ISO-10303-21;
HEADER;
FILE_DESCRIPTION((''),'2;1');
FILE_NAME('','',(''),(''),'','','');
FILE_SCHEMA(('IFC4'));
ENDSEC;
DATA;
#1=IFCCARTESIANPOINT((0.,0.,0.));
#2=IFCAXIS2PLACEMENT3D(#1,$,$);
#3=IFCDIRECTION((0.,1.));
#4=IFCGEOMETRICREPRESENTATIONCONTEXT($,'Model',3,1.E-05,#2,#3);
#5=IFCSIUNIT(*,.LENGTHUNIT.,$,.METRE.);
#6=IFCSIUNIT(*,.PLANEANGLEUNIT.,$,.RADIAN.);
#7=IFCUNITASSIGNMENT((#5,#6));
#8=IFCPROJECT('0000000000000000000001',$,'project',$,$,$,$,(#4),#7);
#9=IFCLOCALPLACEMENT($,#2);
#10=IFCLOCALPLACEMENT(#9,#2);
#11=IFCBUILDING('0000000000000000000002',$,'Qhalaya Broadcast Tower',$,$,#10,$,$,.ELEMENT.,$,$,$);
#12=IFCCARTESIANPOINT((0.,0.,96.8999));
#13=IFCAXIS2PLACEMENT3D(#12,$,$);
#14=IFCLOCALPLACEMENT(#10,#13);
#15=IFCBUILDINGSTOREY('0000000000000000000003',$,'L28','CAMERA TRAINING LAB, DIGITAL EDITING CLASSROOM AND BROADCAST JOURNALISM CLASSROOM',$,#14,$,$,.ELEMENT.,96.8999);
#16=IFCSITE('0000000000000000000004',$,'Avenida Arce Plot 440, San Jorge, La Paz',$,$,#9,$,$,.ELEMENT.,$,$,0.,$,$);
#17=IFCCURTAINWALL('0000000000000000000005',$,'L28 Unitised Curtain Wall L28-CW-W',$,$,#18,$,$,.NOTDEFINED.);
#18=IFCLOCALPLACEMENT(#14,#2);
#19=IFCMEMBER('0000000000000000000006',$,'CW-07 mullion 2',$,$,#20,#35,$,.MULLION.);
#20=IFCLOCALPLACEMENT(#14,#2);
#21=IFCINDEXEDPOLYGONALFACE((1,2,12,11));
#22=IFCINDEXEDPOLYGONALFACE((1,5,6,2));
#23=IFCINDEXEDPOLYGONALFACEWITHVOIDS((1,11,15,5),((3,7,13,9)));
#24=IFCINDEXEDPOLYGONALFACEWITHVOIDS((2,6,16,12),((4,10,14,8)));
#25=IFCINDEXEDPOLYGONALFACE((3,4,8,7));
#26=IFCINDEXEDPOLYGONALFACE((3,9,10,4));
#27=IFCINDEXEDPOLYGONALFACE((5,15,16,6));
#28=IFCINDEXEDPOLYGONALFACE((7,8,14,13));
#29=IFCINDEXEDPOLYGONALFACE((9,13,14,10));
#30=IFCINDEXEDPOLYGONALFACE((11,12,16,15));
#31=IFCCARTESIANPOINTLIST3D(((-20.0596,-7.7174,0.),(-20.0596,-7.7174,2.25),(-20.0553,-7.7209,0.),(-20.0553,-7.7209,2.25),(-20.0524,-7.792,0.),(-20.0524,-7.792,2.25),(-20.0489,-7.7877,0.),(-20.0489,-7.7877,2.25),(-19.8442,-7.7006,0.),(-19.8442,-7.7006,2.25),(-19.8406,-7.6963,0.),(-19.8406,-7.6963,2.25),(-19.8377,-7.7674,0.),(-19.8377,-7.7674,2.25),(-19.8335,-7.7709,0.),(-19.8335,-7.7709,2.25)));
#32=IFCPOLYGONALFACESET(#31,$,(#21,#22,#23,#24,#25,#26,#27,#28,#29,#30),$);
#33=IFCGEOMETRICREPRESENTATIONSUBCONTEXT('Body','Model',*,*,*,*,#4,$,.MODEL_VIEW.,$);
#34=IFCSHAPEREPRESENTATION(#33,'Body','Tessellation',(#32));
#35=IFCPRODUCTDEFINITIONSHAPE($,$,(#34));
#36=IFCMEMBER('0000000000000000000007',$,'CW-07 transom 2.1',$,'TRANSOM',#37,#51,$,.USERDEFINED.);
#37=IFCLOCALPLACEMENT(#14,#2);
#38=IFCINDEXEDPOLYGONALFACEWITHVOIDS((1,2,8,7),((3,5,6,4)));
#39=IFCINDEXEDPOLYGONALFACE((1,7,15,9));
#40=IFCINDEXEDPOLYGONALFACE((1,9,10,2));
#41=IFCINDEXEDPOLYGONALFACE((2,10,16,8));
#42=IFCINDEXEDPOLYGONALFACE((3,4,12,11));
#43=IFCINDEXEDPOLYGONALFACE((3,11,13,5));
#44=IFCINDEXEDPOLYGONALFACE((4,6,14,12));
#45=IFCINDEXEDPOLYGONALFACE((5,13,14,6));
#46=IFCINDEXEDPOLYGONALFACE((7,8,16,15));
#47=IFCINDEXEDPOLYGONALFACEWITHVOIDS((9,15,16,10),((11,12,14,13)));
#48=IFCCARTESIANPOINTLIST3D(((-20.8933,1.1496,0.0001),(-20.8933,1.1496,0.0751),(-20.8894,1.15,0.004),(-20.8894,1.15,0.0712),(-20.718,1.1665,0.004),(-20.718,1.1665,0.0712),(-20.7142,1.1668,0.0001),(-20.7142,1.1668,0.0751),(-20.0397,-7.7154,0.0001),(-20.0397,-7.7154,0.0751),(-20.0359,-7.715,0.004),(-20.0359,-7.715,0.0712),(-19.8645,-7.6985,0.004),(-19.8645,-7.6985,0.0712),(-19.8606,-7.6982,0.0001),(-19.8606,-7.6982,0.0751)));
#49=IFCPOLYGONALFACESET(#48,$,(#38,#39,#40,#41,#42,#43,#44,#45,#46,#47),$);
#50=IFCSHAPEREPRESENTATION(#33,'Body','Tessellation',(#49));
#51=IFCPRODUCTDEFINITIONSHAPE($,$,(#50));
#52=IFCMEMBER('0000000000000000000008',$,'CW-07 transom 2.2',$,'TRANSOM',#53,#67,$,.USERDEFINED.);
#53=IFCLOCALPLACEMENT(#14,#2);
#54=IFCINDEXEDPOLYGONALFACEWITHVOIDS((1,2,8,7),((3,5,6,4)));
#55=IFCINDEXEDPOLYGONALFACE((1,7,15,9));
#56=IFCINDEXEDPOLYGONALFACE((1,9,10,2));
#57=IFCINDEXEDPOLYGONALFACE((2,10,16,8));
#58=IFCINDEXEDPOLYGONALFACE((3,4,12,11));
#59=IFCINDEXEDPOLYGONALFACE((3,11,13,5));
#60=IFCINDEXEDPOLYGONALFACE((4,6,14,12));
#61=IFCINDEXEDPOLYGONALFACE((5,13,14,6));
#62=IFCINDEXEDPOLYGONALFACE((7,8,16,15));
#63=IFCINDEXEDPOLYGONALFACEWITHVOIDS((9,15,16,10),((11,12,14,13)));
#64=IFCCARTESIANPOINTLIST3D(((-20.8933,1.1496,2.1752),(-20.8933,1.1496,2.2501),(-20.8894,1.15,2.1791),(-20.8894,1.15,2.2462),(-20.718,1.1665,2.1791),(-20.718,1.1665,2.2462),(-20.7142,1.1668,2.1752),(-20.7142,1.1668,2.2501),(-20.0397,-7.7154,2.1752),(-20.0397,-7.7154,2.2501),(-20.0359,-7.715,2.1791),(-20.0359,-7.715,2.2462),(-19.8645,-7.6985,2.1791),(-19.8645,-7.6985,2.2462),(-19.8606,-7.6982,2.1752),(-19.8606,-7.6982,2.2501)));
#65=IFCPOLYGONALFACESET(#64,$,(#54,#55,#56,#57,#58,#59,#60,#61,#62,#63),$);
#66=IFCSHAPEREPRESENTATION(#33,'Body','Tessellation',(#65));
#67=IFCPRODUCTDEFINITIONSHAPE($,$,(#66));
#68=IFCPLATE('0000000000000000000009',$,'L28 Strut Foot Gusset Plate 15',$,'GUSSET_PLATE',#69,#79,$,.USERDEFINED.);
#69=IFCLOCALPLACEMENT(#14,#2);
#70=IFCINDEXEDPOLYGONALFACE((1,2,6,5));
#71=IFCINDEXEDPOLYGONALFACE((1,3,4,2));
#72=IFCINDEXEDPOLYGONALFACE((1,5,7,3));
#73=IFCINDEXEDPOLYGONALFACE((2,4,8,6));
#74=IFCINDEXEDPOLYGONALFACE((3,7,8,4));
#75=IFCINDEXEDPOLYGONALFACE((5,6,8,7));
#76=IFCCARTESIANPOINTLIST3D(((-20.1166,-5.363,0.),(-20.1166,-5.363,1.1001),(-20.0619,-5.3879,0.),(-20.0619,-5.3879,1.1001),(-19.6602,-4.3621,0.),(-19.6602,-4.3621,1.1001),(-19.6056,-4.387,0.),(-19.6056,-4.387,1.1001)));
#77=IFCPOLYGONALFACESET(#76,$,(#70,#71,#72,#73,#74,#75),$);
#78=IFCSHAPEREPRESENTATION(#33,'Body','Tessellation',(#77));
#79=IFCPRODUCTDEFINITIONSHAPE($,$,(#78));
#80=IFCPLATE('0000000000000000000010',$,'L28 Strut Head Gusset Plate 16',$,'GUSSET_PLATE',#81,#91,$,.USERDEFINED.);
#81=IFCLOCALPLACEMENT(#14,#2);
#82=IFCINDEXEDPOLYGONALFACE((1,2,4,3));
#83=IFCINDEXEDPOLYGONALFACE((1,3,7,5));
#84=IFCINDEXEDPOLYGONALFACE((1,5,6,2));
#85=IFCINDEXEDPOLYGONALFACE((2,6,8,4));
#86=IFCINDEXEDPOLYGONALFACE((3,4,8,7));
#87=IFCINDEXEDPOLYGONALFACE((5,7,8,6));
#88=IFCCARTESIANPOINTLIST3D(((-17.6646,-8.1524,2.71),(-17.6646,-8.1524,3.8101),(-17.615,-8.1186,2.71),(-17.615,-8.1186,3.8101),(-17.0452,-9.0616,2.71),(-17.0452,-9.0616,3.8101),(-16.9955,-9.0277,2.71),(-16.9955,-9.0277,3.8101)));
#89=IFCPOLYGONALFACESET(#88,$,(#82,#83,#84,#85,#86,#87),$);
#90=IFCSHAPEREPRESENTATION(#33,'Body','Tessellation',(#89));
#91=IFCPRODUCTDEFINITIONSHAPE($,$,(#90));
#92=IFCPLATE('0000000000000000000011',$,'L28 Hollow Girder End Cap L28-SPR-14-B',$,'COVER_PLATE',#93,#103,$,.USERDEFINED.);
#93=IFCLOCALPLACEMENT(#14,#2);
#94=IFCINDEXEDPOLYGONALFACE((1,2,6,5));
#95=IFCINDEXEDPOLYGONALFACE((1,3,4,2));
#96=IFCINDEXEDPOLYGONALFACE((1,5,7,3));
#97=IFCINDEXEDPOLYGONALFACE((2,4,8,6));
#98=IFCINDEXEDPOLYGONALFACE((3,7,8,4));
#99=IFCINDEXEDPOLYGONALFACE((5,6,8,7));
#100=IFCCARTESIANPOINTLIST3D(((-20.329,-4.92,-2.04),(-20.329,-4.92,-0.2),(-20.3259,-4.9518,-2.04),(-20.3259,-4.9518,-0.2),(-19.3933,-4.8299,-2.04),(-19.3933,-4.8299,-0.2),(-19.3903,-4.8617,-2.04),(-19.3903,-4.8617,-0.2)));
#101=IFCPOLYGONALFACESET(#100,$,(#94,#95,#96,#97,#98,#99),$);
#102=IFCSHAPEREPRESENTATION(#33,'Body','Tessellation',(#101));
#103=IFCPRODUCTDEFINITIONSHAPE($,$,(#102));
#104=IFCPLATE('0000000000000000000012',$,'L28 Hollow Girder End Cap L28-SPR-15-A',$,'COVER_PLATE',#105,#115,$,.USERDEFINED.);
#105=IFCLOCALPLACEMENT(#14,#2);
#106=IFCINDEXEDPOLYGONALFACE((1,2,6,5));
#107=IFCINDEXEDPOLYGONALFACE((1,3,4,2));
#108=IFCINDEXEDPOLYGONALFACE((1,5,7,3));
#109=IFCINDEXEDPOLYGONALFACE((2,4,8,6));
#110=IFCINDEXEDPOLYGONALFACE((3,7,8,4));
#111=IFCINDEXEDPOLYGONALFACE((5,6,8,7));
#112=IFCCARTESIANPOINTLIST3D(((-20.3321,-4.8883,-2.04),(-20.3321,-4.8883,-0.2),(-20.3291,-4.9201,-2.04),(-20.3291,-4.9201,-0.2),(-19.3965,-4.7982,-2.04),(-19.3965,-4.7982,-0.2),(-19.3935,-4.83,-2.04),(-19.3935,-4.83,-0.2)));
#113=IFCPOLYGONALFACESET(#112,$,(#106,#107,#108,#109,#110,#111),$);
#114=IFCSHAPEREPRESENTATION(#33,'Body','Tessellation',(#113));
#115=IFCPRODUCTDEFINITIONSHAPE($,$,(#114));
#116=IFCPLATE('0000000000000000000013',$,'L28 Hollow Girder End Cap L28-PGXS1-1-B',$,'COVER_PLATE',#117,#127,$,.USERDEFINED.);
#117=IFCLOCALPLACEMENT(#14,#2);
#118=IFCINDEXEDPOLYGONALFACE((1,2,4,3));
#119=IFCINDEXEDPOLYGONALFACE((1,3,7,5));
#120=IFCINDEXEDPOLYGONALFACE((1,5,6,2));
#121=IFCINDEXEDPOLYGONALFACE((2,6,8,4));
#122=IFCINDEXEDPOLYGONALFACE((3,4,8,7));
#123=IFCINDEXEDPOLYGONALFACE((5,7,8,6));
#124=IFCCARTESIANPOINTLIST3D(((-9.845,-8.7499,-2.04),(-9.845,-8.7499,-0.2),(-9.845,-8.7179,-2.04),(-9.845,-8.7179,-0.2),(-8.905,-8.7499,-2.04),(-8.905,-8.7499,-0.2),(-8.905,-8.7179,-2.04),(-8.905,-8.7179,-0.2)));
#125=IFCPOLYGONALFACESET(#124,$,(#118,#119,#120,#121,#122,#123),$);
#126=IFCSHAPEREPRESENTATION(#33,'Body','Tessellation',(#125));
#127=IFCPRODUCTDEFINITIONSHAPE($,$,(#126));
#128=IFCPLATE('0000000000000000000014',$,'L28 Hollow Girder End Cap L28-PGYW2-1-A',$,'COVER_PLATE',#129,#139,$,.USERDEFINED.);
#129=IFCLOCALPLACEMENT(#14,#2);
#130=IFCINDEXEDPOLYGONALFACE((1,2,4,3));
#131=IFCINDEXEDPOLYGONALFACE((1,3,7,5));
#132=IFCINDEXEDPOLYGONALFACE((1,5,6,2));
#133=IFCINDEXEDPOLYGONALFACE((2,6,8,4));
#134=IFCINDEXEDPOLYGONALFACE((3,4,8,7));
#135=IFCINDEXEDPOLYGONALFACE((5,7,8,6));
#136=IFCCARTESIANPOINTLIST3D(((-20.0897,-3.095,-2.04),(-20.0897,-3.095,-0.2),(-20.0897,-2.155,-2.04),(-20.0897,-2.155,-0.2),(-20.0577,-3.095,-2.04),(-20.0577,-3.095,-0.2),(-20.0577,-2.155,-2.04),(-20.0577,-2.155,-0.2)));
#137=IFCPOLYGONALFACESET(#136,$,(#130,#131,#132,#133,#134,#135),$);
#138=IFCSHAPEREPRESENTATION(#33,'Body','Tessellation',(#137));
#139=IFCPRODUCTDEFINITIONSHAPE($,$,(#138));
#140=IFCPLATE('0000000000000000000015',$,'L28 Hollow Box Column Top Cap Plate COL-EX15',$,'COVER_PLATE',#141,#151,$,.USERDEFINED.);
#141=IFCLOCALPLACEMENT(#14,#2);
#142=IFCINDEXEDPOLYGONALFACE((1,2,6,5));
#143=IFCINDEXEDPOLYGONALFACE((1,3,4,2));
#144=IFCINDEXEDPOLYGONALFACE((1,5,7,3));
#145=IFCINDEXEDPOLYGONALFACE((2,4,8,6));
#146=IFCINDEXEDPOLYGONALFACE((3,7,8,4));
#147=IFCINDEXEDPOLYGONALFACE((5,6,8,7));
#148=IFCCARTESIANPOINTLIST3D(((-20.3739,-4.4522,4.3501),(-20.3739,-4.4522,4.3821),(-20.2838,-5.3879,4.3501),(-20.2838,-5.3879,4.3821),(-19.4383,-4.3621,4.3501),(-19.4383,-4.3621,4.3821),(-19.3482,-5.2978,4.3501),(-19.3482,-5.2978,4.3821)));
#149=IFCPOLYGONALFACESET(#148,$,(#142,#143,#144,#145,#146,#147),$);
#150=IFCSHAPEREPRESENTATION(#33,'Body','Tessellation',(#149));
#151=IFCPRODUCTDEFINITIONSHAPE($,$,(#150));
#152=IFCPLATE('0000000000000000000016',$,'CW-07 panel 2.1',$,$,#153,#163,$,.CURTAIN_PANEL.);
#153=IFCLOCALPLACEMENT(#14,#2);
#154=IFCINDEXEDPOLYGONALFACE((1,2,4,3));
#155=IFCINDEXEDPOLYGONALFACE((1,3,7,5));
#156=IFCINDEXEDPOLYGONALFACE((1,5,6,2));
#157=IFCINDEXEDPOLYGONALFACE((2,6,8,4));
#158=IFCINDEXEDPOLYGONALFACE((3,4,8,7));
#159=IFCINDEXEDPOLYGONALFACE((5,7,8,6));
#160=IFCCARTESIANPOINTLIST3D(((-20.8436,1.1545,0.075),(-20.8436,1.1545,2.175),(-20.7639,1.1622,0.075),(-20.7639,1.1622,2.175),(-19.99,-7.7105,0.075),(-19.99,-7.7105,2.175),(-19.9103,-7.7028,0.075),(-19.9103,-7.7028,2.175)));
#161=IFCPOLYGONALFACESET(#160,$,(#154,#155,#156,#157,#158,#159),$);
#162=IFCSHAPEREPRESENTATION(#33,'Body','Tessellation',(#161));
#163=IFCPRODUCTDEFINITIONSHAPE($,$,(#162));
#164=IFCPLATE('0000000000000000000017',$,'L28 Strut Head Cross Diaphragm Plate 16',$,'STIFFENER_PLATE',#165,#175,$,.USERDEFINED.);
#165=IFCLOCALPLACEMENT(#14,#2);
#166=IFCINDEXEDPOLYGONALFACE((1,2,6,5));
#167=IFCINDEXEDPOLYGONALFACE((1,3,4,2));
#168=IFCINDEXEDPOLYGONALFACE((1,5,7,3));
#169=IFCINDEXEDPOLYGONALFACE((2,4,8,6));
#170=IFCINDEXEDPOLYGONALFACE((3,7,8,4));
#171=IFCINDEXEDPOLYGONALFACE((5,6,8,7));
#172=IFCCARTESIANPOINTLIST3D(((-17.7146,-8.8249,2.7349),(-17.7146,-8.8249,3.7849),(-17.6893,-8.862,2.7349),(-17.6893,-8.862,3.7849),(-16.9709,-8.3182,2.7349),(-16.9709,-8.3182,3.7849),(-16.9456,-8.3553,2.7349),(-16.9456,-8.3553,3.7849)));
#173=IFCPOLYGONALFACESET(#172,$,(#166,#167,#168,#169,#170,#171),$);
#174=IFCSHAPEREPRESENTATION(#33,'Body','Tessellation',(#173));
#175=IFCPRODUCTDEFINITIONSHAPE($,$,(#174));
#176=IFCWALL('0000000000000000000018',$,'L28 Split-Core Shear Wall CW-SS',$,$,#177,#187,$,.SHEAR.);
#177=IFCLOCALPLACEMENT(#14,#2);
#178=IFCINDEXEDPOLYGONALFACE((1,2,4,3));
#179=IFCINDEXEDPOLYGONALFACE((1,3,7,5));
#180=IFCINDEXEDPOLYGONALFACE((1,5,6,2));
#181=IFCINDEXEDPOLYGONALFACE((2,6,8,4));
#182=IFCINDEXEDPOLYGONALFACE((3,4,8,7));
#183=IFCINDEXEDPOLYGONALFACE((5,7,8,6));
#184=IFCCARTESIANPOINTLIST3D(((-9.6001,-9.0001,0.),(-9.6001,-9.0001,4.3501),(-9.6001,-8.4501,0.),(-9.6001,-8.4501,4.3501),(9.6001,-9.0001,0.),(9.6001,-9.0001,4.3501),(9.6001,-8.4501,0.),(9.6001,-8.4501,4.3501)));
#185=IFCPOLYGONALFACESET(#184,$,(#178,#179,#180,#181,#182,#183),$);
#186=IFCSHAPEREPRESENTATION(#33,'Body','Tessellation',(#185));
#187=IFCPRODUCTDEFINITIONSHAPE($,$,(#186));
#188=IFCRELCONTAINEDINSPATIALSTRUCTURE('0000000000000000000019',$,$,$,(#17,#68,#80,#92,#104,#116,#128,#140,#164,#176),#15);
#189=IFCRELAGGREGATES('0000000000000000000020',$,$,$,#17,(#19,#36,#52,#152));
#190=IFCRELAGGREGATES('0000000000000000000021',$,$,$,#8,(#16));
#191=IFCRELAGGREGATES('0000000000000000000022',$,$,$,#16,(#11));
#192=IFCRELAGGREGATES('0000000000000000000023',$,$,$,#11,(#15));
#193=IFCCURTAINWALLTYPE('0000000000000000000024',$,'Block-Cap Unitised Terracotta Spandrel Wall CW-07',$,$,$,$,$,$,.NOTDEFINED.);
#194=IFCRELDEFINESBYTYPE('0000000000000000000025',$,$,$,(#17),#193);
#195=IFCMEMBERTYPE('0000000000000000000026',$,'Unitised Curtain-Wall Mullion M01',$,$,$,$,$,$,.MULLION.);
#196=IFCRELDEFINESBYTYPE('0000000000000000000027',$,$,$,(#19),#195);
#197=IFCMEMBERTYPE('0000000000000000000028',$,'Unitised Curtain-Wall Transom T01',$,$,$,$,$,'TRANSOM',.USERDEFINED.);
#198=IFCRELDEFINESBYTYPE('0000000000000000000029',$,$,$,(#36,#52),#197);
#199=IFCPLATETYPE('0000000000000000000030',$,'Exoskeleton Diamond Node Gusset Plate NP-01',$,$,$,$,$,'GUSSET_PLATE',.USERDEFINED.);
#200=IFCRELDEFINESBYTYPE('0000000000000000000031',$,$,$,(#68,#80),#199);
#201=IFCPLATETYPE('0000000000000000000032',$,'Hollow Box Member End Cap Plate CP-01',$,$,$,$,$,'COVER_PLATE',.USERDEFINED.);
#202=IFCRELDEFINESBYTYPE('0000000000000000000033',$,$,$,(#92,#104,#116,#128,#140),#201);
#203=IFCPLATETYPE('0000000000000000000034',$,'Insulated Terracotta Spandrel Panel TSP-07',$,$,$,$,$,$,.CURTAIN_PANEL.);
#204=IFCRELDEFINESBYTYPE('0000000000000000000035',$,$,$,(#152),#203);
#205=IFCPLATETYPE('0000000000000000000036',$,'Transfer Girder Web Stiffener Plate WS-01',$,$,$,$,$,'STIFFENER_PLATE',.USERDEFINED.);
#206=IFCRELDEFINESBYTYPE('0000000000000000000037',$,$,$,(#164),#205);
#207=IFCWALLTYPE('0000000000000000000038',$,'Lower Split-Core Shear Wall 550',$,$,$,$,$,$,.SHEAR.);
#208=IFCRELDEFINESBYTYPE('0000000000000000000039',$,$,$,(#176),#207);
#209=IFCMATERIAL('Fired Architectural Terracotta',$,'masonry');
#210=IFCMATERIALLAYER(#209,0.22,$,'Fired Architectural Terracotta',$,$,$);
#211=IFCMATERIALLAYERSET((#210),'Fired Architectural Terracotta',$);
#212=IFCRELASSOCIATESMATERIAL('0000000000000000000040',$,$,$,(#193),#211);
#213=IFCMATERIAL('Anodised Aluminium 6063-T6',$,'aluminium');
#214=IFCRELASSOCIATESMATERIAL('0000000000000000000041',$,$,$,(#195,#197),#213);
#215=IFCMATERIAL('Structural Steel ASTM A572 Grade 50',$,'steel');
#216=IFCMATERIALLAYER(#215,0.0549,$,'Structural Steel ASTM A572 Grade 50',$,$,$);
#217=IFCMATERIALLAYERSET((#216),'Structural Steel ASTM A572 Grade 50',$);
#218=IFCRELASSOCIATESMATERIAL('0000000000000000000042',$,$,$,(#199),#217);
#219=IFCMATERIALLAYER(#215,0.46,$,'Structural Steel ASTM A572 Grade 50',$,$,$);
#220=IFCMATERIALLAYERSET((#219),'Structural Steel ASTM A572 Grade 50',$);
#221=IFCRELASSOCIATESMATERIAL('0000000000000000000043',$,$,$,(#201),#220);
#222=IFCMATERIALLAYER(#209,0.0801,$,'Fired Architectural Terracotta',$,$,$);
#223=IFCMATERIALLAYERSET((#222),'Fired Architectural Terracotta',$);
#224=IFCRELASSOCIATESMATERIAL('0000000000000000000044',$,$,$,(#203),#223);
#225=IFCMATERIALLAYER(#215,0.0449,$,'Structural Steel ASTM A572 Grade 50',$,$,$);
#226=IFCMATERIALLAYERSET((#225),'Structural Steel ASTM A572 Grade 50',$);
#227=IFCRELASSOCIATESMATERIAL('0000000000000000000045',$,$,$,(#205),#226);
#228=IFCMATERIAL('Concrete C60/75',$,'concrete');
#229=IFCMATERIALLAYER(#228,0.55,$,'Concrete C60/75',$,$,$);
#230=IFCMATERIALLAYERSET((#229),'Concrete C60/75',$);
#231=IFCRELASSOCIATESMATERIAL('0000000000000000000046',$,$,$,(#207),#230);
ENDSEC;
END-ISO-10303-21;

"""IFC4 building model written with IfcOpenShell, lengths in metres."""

from ifc_helpers import new_model, si_unit, direction, frame, frame_2d, origin, origin_2d, place, context, subcontext, project, spatial, rectangle, hollow_rectangle, extrude, material, layer, layer_set, material_profile, profile_set, type_object, element, aggregate, save


model = new_model("IFC4")

# Units and contexts
model_context = context("Model", 3, precision=1e-05, world=origin(), true_north=direction((0.0, 1.0)))
body_context = subcontext(model_context, "Body", "Model", "MODEL_VIEW")
ifc_project = project(units=[si_unit("LENGTHUNIT", "METRE"), si_unit("PLANEANGLEUNIT", "RADIAN")], contexts=[model_context])

# Site, building, storey
site_placement = place(None, origin())
site = spatial("IfcSite", under=ifc_project, at=site_placement, Name="Avenida Arce Plot 440, San Jorge, La Paz", CompositionType="ELEMENT", RefElevation=0.0)
building_placement = place(site_placement, origin())
building = spatial("IfcBuilding", under=site, at=building_placement, Name="Qhalaya Broadcast Tower", CompositionType="ELEMENT")
storey_placement = place(building_placement, frame((0.0, 0.0, 96.8999)))
storey = spatial("IfcBuildingStorey", under=building, at=storey_placement, Name="L28", Description="CAMERA TRAINING LAB, DIGITAL EDITING CLASSROOM AND BROADCAST JOURNALISM CLASSROOM", CompositionType="ELEMENT", Elevation=96.8999)

# Shared definitions
ifc_material_1 = material(Name="Structural Steel ASTM A572 Grade 50", Category="steel")

# Curtain wall, members
ifc_material_2 = material(Name="Fired Architectural Terracotta", Category="masonry")
ifc_layer_1 = layer(ifc_material_2, 0.22, Name="Fired Architectural Terracotta")
ifc_layer_set_1 = layer_set([ifc_layer_1], Name="Fired Architectural Terracotta")
curtain_wall_type = type_object("IfcCurtainWallType", Name="Block-Cap Unitised Terracotta Spandrel Wall CW-07", PredefinedType="NOTDEFINED", material=ifc_layer_set_1)
curtain_wall_placement = place(storey_placement, origin())
curtain_wall = element("IfcCurtainWall", 1, at=curtain_wall_placement, inside=storey, type_object=curtain_wall_type, Name="L28 Unitised Curtain Wall L28-CW-W", PredefinedType="NOTDEFINED")
ifc_material_3 = material(Name="Anodised Aluminium 6063-T6", Category="aluminium")
ifc_material_profile_1 = material_profile(ifc_material_3, hollow_rectangle(XDim=0.075, YDim=0.22, WallThickness=0.0039, at=origin_2d()), Name="ALU-MUL 75x220x4")
ifc_profile_set_1 = profile_set([ifc_material_profile_1], Name="Anodised Aluminium 6063-T6")
member_type_1 = type_object("IfcMemberType", Name="Unitised Curtain-Wall Mullion M01", PredefinedType="MULLION", material=ifc_profile_set_1)
member_1_placement = place(storey_placement, frame((-19.9465, -7.7441, 0.0), z_axis=(0.0, 0.0, 1.0), x_axis=(-0.095847, 0.995396, 0.0)))
member_1 = element("IfcMember", 2, at=member_1_placement, type_object=member_type_1, Name="CW-07 mullion 2", PredefinedType="MULLION", context=body_context, shape_type="SweptSolid", body=[
    extrude(hollow_rectangle(XDim=0.075, YDim=0.22, WallThickness=0.0039, at=origin_2d()), origin(), (0.0, 0.0, 1.0), 2.25),
])
ifc_material_profile_2 = material_profile(ifc_material_3, hollow_rectangle(XDim=0.075, YDim=0.1799, WallThickness=0.0039, at=origin_2d()), Name="ALU-TRN 75x180x4")
ifc_profile_set_2 = profile_set([ifc_material_profile_2], Name="Anodised Aluminium 6063-T6")
member_type_2 = type_object("IfcMemberType", Name="Unitised Curtain-Wall Transom T01", ElementType="TRANSOM", PredefinedType="USERDEFINED", material=ifc_profile_set_2)
member_2_placement = place(storey_placement, frame((-19.9502, -7.7068, 0.0376), z_axis=(-0.095836, 0.995397, 0.0), x_axis=(0.0, 0.0, 1.0)))
member_2 = element("IfcMember", 3, at=member_2_placement, type_object=member_type_2, Name="CW-07 transom 2.1", ObjectType="TRANSOM", PredefinedType="USERDEFINED", context=body_context, shape_type="SweptSolid", body=[
    extrude(hollow_rectangle(XDim=0.075, YDim=0.1799, WallThickness=0.0039, at=origin_2d()), origin(), (0.0, 0.0, 1.0), 8.906),
])
member_3_placement = place(storey_placement, frame((-19.9502, -7.7068, 2.2126), z_axis=(-0.095836, 0.995397, 0.0), x_axis=(0.0, 0.0, 1.0)))
member_3 = element("IfcMember", 4, at=member_3_placement, type_object=member_type_2, Name="CW-07 transom 2.2", ObjectType="TRANSOM", PredefinedType="USERDEFINED", context=body_context, shape_type="SweptSolid", body=[
    extrude(hollow_rectangle(XDim=0.075, YDim=0.1799, WallThickness=0.0039, at=origin_2d()), origin(), (0.0, 0.0, 1.0), 8.906),
])

# Plates
ifc_layer_2 = layer(ifc_material_1, 0.0549, Name="Structural Steel ASTM A572 Grade 50")
ifc_layer_set_2 = layer_set([ifc_layer_2], Name="Structural Steel ASTM A572 Grade 50")
plate_type_1 = type_object("IfcPlateType", Name="Exoskeleton Diamond Node Gusset Plate NP-01", ElementType="GUSSET_PLATE", PredefinedType="USERDEFINED", material=ifc_layer_set_2)
for number, where, z_axis, x_axis, name in (
    (5, (-19.8611, -4.875, 0.0), (0.0, 0.0, 1.0), (0.414852, 0.909889, 0.0), "L28 Strut Foot Gusset Plate 15"),
    (6, (-17.3301, -8.5901, 2.71), (0.0, 0.0, 1.0), (0.563065, -0.826413, 0.0), "L28 Strut Head Gusset Plate 16"),
):
    element("IfcPlate", number, at=place(storey_placement, frame(where, z_axis=z_axis, x_axis=x_axis)), inside=storey, type_object=plate_type_1, Name=name, ObjectType="GUSSET_PLATE", PredefinedType="USERDEFINED", context=body_context, shape_type="SweptSolid", body=[
        extrude(rectangle(XDim=1.1001, YDim=0.0601, at=origin_2d()), origin(), (0.0, 0.0, 1.0), 1.1001),
    ])
ifc_layer_3 = layer(ifc_material_1, 0.46, Name="Structural Steel ASTM A572 Grade 50")
ifc_layer_set_3 = layer_set([ifc_layer_3], Name="Structural Steel ASTM A572 Grade 50")
plate_type_2 = type_object("IfcPlateType", Name="Hollow Box Member End Cap Plate CP-01", ElementType="COVER_PLATE", PredefinedType="USERDEFINED", material=ifc_layer_set_3)
for number, where, z_axis, x_axis, name in (
    (7, (-19.8596, -4.8909, -2.04), (0.0, 0.0, 1.0), (0.995396, 0.095846, 0.0), "L28 Hollow Girder End Cap L28-SPR-14-B"),
    (8, (-19.8628, -4.8591, -2.04), (0.0, 0.0, 1.0), (0.995396, 0.095846, 0.0), "L28 Hollow Girder End Cap L28-SPR-15-A"),
    (9, (-9.375, -8.7339, -2.04), (0.0, 0.0, 1.0), (-1.0, 0.0, 0.0), "L28 Hollow Girder End Cap L28-PGXS1-1-B"),
    (10, (-20.0737, -2.625, -2.04), (0.0, 0.0, 1.0), (0.0, 1.0, 0.0), "L28 Hollow Girder End Cap L28-PGYW2-1-A"),
):
    element("IfcPlate", number, at=place(storey_placement, frame(where, z_axis=z_axis, x_axis=x_axis)), inside=storey, type_object=plate_type_2, Name=name, ObjectType="COVER_PLATE", PredefinedType="USERDEFINED", context=body_context, shape_type="SweptSolid", body=[
        extrude(rectangle(XDim=0.9399, YDim=0.032, at=origin_2d()), origin(), (0.0, 0.0, 1.0), 1.8401),
    ])
plate_1_placement = place(storey_placement, frame((-19.8611, -4.875, 4.3501), z_axis=(0.0, 0.0, 1.0), x_axis=(-0.095846, 0.995396, 0.0)))
element("IfcPlate", 11, at=plate_1_placement, inside=storey, type_object=plate_type_2, Name="L28 Hollow Box Column Top Cap Plate COL-EX15", ObjectType="COVER_PLATE", PredefinedType="USERDEFINED", context=body_context, shape_type="SweptSolid", body=[
    extrude(rectangle(XDim=0.9399, YDim=0.9399, at=origin_2d()), origin(), (0.0, 0.0, 1.0), 0.032),
])

# Plates
ifc_layer_4 = layer(ifc_material_2, 0.0801, Name="Fired Architectural Terracotta")
ifc_layer_set_4 = layer_set([ifc_layer_4], Name="Fired Architectural Terracotta")
plate_type_3 = type_object("IfcPlateType", Name="Insulated Terracotta Spandrel Panel TSP-07", PredefinedType="CURTAIN_PANEL", material=ifc_layer_set_4)
plate_2_placement = place(storey_placement, frame((-20.377, -3.2742, 0.075), z_axis=(0.0, 0.0, 1.0), x_axis=(-0.095847, 0.995396, 0.0)))
plate_2 = element("IfcPlate", 12, at=plate_2_placement, type_object=plate_type_3, Name="CW-07 panel 2.1", PredefinedType="CURTAIN_PANEL", context=body_context, shape_type="SweptSolid", body=[
    extrude(rectangle(XDim=8.906, YDim=0.0801, at=origin_2d()), origin(), (0.0, 0.0, 1.0), 2.1001),
])
aggregate(curtain_wall, [member_1, member_2, member_3, plate_2])
ifc_layer_5 = layer(ifc_material_1, 0.0449, Name="Structural Steel ASTM A572 Grade 50")
ifc_layer_set_5 = layer_set([ifc_layer_5], Name="Structural Steel ASTM A572 Grade 50")
plate_type_4 = type_object("IfcPlateType", Name="Transfer Girder Web Stiffener Plate WS-01", ElementType="STIFFENER_PLATE", PredefinedType="USERDEFINED", material=ifc_layer_set_5)
plate_3_placement = place(storey_placement, frame((-17.3301, -8.5901, 2.7349), z_axis=(0.0, 0.0, 1.0), x_axis=(0.826413, 0.563065, 0.0)))
element("IfcPlate", 13, at=plate_3_placement, inside=storey, type_object=plate_type_4, Name="L28 Strut Head Cross Diaphragm Plate 16", ObjectType="STIFFENER_PLATE", PredefinedType="USERDEFINED", context=body_context, shape_type="SweptSolid", body=[
    extrude(rectangle(XDim=0.8999, YDim=0.0449, at=origin_2d()), origin(), (0.0, 0.0, 1.0), 1.05),
])

# Wall
ifc_material_4 = material(Name="Concrete C60/75", Category="concrete")
ifc_layer_6 = layer(ifc_material_4, 0.55, Name="Concrete C60/75")
ifc_layer_set_6 = layer_set([ifc_layer_6], Name="Concrete C60/75")
wall_type_1 = type_object("IfcWallType", Name="Lower Split-Core Shear Wall 550", PredefinedType="SHEAR", material=ifc_layer_set_6)
wall_1_placement = place(storey_placement, frame((-9.6001, -8.7251, 0.0), z_axis=(0.0, 0.0, 1.0), x_axis=(1.0, 0.0, 0.0)))
element("IfcWall", 14, at=wall_1_placement, inside=storey, type_object=wall_type_1, Name="L28 Split-Core Shear Wall CW-SS", PredefinedType="SHEAR", context=body_context, shape_type="SweptSolid", body=[
    extrude(rectangle(XDim=19.2002, YDim=0.55, at=frame_2d((9.6001, 0.0))), origin(), (0.0, 0.0, 1.0), 4.3501),
])

save(model, "model.ifc")
